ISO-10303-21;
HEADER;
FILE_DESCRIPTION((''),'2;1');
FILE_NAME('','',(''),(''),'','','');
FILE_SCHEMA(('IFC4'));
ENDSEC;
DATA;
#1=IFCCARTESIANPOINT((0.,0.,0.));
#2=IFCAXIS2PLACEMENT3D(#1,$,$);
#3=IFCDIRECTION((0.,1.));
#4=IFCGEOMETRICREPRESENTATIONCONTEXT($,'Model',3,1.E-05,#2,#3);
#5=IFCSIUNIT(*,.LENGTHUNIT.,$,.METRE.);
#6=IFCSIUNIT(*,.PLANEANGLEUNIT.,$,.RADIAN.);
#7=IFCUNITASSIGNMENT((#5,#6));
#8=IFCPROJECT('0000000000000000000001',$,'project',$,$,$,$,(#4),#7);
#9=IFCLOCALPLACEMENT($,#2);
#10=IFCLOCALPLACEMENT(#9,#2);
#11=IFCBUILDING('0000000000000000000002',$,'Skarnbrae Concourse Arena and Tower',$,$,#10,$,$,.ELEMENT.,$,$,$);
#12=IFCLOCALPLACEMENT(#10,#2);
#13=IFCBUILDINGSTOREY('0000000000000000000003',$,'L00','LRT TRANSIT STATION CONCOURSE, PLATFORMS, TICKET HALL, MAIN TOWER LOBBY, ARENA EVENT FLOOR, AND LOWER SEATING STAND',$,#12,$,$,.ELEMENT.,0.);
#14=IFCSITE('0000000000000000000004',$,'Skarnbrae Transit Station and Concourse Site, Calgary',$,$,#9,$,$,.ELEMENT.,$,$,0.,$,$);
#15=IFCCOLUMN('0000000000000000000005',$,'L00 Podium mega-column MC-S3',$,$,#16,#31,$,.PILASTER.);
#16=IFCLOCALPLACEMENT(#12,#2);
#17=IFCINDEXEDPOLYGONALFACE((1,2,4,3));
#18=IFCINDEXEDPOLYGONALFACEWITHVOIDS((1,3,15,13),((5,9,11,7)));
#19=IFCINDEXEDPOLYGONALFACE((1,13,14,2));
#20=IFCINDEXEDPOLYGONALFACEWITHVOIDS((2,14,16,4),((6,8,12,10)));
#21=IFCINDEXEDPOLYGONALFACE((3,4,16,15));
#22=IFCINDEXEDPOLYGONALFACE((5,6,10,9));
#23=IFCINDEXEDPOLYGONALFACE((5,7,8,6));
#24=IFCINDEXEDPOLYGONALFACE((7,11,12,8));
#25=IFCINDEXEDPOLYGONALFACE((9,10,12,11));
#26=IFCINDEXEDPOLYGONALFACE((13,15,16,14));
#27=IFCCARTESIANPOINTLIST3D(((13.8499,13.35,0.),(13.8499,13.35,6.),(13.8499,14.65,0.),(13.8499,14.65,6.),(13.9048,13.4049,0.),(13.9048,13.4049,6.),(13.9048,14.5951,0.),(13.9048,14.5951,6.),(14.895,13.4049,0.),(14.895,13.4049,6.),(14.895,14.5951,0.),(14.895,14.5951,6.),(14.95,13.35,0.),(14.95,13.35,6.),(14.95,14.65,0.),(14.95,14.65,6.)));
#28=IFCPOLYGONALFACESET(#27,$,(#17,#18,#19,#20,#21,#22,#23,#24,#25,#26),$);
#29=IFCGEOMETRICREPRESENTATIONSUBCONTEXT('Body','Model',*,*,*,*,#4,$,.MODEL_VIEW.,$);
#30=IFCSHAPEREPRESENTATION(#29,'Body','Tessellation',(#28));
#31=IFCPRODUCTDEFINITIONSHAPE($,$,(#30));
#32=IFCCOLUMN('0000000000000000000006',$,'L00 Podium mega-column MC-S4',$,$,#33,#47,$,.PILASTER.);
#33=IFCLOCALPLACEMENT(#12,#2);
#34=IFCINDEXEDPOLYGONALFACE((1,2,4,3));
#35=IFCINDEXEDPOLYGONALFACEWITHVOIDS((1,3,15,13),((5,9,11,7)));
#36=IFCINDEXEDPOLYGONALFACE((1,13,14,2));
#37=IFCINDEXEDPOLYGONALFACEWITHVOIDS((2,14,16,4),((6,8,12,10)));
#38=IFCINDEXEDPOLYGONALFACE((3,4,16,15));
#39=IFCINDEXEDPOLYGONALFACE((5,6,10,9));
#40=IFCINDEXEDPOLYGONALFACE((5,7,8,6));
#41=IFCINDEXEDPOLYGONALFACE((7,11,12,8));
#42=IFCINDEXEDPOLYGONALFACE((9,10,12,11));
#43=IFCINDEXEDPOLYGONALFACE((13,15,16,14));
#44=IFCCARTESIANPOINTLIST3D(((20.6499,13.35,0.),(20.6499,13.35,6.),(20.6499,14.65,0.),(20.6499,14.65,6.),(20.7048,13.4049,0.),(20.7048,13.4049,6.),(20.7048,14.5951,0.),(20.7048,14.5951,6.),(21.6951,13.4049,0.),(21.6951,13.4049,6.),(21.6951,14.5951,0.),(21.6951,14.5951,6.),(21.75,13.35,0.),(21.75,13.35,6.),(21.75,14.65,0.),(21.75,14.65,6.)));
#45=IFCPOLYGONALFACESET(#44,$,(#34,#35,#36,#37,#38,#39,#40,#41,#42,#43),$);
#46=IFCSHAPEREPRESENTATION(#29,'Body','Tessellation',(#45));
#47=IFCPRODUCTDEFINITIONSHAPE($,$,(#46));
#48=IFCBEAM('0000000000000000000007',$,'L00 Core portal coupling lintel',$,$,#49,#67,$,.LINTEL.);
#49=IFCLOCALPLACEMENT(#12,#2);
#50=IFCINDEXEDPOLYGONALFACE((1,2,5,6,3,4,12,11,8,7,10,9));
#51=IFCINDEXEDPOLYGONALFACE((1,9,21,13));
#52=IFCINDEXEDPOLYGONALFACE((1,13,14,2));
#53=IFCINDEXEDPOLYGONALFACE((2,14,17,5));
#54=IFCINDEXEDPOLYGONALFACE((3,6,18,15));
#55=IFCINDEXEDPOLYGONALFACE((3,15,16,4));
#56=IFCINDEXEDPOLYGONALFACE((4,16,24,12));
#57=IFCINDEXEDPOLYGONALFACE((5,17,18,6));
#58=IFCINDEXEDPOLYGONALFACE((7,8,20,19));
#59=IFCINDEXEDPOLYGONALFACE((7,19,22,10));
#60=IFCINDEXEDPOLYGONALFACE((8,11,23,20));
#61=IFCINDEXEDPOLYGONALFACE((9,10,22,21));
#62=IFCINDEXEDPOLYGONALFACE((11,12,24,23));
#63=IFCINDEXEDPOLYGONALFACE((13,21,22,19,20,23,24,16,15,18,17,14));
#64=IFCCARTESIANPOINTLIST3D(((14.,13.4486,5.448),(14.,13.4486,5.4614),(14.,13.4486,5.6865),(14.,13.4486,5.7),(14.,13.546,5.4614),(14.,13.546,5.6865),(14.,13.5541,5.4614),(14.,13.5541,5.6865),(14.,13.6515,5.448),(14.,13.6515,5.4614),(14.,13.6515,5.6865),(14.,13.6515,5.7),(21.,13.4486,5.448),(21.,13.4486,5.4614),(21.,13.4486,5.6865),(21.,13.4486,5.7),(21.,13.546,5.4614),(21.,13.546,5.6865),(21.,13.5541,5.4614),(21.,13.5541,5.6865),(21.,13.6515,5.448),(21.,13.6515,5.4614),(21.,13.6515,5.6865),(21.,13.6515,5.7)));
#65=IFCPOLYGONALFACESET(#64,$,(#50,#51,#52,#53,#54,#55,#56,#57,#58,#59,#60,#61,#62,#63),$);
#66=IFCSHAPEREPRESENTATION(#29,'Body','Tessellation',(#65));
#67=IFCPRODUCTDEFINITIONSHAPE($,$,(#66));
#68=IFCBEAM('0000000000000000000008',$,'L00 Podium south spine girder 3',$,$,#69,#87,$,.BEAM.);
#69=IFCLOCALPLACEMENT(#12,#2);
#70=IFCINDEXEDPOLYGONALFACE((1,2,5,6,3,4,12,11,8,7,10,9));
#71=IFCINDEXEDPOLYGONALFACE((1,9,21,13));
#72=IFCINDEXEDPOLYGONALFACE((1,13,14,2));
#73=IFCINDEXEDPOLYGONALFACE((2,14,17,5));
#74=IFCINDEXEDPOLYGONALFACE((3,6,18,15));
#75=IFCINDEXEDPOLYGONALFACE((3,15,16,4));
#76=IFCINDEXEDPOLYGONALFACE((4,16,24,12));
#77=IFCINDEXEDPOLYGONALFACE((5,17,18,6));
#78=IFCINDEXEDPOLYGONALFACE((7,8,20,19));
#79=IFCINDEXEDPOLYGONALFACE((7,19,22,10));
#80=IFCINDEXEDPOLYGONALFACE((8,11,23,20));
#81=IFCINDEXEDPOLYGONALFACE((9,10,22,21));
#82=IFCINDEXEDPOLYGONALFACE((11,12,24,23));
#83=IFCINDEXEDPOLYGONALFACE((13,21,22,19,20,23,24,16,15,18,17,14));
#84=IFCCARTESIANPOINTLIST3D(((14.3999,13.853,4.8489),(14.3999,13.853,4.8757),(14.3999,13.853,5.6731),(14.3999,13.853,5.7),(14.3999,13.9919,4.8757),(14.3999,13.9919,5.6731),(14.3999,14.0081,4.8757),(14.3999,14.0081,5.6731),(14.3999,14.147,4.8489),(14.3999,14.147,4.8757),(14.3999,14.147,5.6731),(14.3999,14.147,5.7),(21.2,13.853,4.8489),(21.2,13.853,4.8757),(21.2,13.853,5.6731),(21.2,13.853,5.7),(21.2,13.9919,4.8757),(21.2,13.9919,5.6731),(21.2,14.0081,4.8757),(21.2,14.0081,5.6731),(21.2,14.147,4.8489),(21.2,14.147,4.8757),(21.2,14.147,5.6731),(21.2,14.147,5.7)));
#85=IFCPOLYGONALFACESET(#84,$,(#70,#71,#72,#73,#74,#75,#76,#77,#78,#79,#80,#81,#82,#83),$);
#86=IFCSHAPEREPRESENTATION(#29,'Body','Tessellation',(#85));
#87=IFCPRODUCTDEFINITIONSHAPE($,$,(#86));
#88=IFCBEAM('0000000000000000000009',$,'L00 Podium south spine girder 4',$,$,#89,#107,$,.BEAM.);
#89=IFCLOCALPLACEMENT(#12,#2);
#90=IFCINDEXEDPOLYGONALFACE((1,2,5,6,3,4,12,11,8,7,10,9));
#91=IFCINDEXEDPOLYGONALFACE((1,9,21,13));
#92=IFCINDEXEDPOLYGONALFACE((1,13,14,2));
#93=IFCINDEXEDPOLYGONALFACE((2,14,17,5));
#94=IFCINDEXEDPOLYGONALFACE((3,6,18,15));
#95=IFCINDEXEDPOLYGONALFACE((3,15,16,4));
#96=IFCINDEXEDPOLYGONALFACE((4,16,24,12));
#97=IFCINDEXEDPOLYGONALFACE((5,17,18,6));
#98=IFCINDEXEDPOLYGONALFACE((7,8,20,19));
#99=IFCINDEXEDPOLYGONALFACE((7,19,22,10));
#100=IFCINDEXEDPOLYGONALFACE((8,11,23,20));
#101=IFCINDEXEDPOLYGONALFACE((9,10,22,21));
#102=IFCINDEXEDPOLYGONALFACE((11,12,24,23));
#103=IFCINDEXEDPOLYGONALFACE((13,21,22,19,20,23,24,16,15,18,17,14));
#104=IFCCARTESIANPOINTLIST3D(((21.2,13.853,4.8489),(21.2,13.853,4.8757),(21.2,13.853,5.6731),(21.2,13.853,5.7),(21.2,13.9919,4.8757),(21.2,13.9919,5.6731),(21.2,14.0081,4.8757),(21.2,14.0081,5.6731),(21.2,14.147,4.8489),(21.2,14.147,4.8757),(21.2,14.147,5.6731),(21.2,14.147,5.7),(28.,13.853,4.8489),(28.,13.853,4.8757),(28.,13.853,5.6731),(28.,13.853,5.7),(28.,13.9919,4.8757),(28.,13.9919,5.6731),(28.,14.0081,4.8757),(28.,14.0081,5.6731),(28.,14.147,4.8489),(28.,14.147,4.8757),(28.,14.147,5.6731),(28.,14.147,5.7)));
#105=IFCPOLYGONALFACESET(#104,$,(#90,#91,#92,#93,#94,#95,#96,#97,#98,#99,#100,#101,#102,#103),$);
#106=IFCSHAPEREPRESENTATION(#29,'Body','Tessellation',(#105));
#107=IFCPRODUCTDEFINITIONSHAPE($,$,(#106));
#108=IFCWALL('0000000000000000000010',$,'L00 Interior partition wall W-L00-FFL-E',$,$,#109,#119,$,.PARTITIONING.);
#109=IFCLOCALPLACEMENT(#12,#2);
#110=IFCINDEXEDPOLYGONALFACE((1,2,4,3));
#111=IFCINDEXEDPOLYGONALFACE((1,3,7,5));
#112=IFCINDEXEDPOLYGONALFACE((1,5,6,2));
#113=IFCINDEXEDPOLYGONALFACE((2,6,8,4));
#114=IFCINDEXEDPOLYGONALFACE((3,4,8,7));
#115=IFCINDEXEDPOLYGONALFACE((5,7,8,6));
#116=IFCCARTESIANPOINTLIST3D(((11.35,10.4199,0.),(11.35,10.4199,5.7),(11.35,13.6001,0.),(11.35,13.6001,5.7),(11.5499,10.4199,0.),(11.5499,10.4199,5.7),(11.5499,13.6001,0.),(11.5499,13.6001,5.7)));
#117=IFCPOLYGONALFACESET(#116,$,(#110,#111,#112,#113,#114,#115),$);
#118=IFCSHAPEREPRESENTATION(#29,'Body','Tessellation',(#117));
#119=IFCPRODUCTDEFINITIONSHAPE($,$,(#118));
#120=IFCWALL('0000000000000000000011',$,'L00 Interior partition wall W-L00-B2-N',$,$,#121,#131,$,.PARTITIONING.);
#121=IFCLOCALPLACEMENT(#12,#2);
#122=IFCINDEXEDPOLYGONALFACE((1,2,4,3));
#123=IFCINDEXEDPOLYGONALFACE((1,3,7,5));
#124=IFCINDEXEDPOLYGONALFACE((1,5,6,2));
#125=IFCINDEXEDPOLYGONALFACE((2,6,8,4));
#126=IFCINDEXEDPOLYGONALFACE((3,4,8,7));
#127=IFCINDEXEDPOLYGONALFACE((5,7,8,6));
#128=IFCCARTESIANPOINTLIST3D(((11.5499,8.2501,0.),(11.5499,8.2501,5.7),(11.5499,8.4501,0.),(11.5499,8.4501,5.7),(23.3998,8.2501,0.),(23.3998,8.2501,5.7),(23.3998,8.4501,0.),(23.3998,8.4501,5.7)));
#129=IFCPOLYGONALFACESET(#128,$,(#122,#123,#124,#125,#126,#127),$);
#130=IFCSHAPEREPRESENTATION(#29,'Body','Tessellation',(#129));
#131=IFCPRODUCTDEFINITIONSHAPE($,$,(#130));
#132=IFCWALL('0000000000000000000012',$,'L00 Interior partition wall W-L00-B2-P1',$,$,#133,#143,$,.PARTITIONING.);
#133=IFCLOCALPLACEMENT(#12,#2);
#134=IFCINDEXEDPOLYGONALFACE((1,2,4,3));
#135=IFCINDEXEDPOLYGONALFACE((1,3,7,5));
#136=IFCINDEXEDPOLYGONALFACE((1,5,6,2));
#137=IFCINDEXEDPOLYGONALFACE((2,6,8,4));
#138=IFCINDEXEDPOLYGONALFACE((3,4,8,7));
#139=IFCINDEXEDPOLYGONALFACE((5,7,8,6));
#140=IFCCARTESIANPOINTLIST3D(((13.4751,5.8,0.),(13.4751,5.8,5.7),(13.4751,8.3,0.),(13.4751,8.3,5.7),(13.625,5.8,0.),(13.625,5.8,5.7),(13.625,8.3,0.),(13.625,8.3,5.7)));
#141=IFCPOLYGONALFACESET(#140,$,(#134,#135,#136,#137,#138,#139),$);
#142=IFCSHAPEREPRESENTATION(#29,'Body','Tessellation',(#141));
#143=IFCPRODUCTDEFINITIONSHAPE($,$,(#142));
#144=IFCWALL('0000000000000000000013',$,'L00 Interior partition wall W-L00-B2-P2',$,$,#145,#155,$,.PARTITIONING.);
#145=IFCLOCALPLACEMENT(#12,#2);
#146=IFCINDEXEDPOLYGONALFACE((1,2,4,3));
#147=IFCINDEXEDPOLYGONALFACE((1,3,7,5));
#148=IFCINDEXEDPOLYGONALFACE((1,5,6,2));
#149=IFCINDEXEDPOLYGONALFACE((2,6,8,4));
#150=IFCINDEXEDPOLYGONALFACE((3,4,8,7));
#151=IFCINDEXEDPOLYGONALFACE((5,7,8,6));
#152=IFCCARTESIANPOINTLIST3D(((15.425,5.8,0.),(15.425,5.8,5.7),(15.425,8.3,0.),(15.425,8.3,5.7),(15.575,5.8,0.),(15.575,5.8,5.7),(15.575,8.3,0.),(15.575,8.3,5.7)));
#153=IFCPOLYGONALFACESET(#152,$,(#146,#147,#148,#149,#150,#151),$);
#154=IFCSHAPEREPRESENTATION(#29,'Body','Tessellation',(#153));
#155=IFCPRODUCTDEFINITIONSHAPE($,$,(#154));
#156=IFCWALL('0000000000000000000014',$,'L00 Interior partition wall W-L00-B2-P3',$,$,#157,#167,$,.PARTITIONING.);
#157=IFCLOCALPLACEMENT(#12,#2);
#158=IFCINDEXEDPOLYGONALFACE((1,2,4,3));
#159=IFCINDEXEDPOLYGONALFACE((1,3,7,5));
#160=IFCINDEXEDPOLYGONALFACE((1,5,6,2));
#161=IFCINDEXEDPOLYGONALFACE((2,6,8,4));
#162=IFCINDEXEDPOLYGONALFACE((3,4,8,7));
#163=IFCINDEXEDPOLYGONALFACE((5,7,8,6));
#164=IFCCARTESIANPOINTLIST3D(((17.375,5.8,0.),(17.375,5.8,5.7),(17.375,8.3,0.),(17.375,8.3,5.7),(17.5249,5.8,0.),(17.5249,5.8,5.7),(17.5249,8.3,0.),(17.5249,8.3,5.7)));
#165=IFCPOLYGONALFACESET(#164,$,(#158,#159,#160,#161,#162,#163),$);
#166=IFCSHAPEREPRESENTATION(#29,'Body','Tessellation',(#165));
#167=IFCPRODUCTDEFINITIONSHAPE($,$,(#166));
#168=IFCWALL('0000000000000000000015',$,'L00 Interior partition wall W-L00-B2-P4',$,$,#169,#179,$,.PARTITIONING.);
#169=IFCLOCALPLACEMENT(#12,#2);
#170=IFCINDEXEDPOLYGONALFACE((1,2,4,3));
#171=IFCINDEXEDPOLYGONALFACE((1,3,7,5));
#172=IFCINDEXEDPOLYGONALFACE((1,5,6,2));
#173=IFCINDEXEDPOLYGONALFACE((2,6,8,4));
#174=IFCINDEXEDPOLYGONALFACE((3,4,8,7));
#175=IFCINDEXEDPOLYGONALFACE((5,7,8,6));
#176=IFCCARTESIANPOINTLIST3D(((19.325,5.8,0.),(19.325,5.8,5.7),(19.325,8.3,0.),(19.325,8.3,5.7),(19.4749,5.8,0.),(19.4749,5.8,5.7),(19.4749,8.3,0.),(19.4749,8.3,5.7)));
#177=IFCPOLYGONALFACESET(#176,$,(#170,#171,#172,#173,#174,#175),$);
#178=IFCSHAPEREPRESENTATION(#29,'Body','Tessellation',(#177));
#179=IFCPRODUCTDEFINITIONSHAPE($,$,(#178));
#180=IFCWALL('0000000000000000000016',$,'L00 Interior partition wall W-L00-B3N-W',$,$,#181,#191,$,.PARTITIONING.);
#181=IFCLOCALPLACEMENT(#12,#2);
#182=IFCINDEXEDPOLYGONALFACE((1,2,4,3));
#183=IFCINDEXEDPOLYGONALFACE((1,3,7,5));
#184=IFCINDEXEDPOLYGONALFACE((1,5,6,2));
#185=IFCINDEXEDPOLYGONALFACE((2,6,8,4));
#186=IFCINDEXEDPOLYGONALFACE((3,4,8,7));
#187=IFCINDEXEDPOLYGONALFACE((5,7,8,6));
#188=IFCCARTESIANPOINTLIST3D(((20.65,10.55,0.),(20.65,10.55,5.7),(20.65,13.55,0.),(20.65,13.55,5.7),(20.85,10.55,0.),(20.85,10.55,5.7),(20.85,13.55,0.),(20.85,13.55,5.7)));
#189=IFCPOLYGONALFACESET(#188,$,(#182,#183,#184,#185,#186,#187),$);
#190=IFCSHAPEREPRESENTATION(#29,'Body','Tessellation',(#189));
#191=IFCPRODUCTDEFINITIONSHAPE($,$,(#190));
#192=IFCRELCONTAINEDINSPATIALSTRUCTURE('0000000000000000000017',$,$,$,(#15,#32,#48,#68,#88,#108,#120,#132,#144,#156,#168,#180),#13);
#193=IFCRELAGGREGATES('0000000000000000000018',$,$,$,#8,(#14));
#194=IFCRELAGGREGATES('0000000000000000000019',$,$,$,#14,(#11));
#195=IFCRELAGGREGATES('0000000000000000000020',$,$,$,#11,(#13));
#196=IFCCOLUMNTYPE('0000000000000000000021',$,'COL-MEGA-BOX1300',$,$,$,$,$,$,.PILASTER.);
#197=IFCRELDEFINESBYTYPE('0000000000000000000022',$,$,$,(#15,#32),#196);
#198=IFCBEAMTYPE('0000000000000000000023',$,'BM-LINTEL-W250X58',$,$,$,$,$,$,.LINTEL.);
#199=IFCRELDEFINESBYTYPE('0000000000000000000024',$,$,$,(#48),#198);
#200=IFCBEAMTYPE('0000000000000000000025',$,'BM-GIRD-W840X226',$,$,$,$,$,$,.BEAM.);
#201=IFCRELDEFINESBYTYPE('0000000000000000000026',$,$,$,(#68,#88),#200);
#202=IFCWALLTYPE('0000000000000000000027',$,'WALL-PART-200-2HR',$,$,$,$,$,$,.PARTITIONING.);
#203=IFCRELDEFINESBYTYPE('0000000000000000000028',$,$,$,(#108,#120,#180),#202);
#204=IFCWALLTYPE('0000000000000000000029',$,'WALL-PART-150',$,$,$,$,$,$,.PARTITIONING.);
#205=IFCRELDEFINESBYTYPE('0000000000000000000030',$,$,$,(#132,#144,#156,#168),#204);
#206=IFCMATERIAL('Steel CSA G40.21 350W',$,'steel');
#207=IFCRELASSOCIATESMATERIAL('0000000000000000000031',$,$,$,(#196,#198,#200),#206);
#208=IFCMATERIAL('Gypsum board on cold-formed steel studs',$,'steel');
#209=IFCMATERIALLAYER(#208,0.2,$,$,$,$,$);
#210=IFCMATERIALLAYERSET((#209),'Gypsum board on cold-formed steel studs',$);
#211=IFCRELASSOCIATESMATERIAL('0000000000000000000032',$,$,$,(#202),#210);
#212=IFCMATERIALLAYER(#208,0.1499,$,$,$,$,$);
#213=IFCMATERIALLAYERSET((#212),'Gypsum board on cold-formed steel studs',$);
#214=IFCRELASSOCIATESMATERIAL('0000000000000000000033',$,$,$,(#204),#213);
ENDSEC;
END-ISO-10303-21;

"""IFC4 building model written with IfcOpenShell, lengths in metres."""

from ifc_helpers import new_model, si_unit, direction, frame, frame_2d, origin, origin_2d, place, context, subcontext, project, spatial, rectangle, hollow_rectangle, i_section, extrude, source, transform, mapped, material, layer, layer_set, material_profile, profile_set, type_object, element, save


model = new_model("IFC4")

# Units and contexts
model_context = context("Model", 3, precision=1e-05, world=origin(), true_north=direction((0.0, 1.0)))
body_context = subcontext(model_context, "Body", "Model", "MODEL_VIEW")
ifc_project = project(units=[si_unit("LENGTHUNIT", "METRE"), si_unit("PLANEANGLEUNIT", "RADIAN")], contexts=[model_context])

# Site, building, storey
site_placement = place(None, origin())
site = spatial("IfcSite", under=ifc_project, at=site_placement, Name="Skarnbrae Transit Station and Concourse Site, Calgary", CompositionType="ELEMENT", RefElevation=0.0)
building_placement = place(site_placement, origin())
building = spatial("IfcBuilding", under=site, at=building_placement, Name="Skarnbrae Concourse Arena and Tower", CompositionType="ELEMENT")
storey_placement = place(building_placement, origin())
storey = spatial("IfcBuildingStorey", under=building, at=storey_placement, Name="L00", Description="LRT TRANSIT STATION CONCOURSE, PLATFORMS, TICKET HALL, MAIN TOWER LOBBY, ARENA EVENT FLOOR, AND LOWER SEATING STAND", CompositionType="ELEMENT", Elevation=0.0)

# Columns
ifc_material_1 = material(Name="Steel CSA G40.21 350W", Category="steel")
ifc_material_profile_1 = material_profile(ifc_material_1, hollow_rectangle(XDim=1.1001, YDim=1.3, WallThickness=0.0549, at=origin_2d()), Name="BOX1300X1100X55")
ifc_profile_set_1 = profile_set([ifc_material_profile_1], Name="Steel CSA G40.21 350W")
column_type = type_object("IfcColumnType", Name="COL-MEGA-BOX1300", PredefinedType="PILASTER", material=ifc_profile_set_1)
shared_shape_1 = source(origin(), body_context, "Body", "SweptSolid", [
    extrude(hollow_rectangle(XDim=1.1001, YDim=1.3, WallThickness=0.0549, at=origin_2d()), origin(), (0.0, 0.0, 1.0), 6.0),
])
for number, where, z_axis, x_axis, name in (
    (1, (14.3999, 14.0, 0.0), (0.0, 0.0, 1.0), (1.0, 0.0, 0.0), "L00 Podium mega-column MC-S3"),
    (2, (21.2, 14.0, 0.0), (0.0, 0.0, 1.0), (1.0, 0.0, 0.0), "L00 Podium mega-column MC-S4"),
):
    element("IfcColumn", number, at=place(storey_placement, frame(where, z_axis=z_axis, x_axis=x_axis)), inside=storey, type_object=column_type, Name=name, PredefinedType="PILASTER", context=body_context, shape_type="MappedRepresentation", body=[
        mapped(shared_shape_1, transform((0.0, 0.0, 0.0))),
    ])

# Beams
ifc_material_profile_2 = material_profile(ifc_material_1, i_section(OverallWidth=0.2029, OverallDepth=0.252, WebThickness=0.0081, FlangeThickness=0.0134, at=origin_2d()), Name="W250X58")
ifc_profile_set_2 = profile_set([ifc_material_profile_2], Name="Steel CSA G40.21 350W")
beam_type_1 = type_object("IfcBeamType", Name="BM-LINTEL-W250X58", PredefinedType="LINTEL", material=ifc_profile_set_2)
shared_shape_2 = source(origin(), body_context, "Body", "SweptSolid", [
    extrude(i_section(OverallWidth=0.2029, OverallDepth=0.252, WebThickness=0.0081, FlangeThickness=0.0134, at=origin_2d()), origin(), (0.0, 0.0, 1.0), 7.0),
])
beam_placement = place(storey_placement, frame((14.0, 13.55, 5.574), z_axis=(1.0, 0.0, 0.0), x_axis=(0.0, 1.0, 0.0)))
element("IfcBeam", 3, at=beam_placement, inside=storey, type_object=beam_type_1, Name="L00 Core portal coupling lintel", PredefinedType="LINTEL", context=body_context, shape_type="MappedRepresentation", body=[
    mapped(shared_shape_2, transform((0.0, 0.0, 0.0))),
])
ifc_material_profile_3 = material_profile(ifc_material_1, i_section(OverallWidth=0.2939, OverallDepth=0.8511, WebThickness=0.0161, FlangeThickness=0.0269, at=origin_2d()), Name="W840X226")
ifc_profile_set_3 = profile_set([ifc_material_profile_3], Name="Steel CSA G40.21 350W")
beam_type_2 = type_object("IfcBeamType", Name="BM-GIRD-W840X226", PredefinedType="BEAM", material=ifc_profile_set_3)
shared_shape_3 = source(origin(), body_context, "Body", "SweptSolid", [
    extrude(i_section(OverallWidth=0.2939, OverallDepth=0.8511, WebThickness=0.0161, FlangeThickness=0.0269, at=origin_2d()), origin(), (0.0, 0.0, 1.0), 6.8),
])
for number, where, z_axis, x_axis, name in (
    (4, (14.3999, 14.0, 5.2744), (1.0, 0.0, 0.0), (0.0, 1.0, 0.0), "L00 Podium south spine girder 3"),
    (5, (21.2, 14.0, 5.2744), (1.0, 0.0, 0.0), (0.0, 1.0, 0.0), "L00 Podium south spine girder 4"),
):
    element("IfcBeam", number, at=place(storey_placement, frame(where, z_axis=z_axis, x_axis=x_axis)), inside=storey, type_object=beam_type_2, Name=name, PredefinedType="BEAM", context=body_context, shape_type="MappedRepresentation", body=[
        mapped(shared_shape_3, transform((0.0, 0.0, 0.0))),
    ])

# Walls
ifc_material_2 = material(Name="Gypsum board on cold-formed steel studs", Category="steel")
ifc_layer_1 = layer(ifc_material_2, 0.2)
ifc_layer_set_1 = layer_set([ifc_layer_1], Name="Gypsum board on cold-formed steel studs")
wall_type_1 = type_object("IfcWallType", Name="WALL-PART-200-2HR", PredefinedType="PARTITIONING", material=ifc_layer_set_1)
shared_shape_4 = source(origin(), body_context, "Body", "SweptSolid", [
    extrude(rectangle(XDim=3.1802, YDim=0.2, at=frame_2d((1.5901, 0.0))), origin(), (0.0, 0.0, 1.0), 5.7),
])
wall_1_placement = place(storey_placement, frame((11.45, 10.4199, 0.0), z_axis=(0.0, 0.0, 1.0), x_axis=(0.0, 1.0, 0.0)))
element("IfcWall", 6, at=wall_1_placement, inside=storey, type_object=wall_type_1, Name="L00 Interior partition wall W-L00-FFL-E", PredefinedType="PARTITIONING", context=body_context, shape_type="MappedRepresentation", body=[
    mapped(shared_shape_4, transform((0.0, 0.0, 0.0))),
])
shared_shape_5 = source(origin(), body_context, "Body", "SweptSolid", [
    extrude(rectangle(XDim=11.8499, YDim=0.2, at=frame_2d((5.9248, 0.0))), origin(), (0.0, 0.0, 1.0), 5.7),
])
wall_2_placement = place(storey_placement, frame((11.55, 8.3501, 0.0), z_axis=(0.0, 0.0, 1.0), x_axis=(1.0, 0.0, 0.0)))
element("IfcWall", 7, at=wall_2_placement, inside=storey, type_object=wall_type_1, Name="L00 Interior partition wall W-L00-B2-N", PredefinedType="PARTITIONING", context=body_context, shape_type="MappedRepresentation", body=[
    mapped(shared_shape_5, transform((0.0, 0.0, 0.0))),
])
ifc_layer_2 = layer(ifc_material_2, 0.1499)
ifc_layer_set_2 = layer_set([ifc_layer_2], Name="Gypsum board on cold-formed steel studs")
wall_type_2 = type_object("IfcWallType", Name="WALL-PART-150", PredefinedType="PARTITIONING", material=ifc_layer_set_2)
shared_shape_6 = source(origin(), body_context, "Body", "SweptSolid", [
    extrude(rectangle(XDim=2.5, YDim=0.1499, at=frame_2d((1.25, 0.0))), origin(), (0.0, 0.0, 1.0), 5.7),
])
for number, where, z_axis, x_axis, name in (
    (8, (13.55, 5.8, 0.0), (0.0, 0.0, 1.0), (0.0, 1.0, 0.0), "L00 Interior partition wall W-L00-B2-P1"),
    (9, (15.5, 5.8, 0.0), (0.0, 0.0, 1.0), (0.0, 1.0, 0.0), "L00 Interior partition wall W-L00-B2-P2"),
    (10, (17.45, 5.8, 0.0), (0.0, 0.0, 1.0), (0.0, 1.0, 0.0), "L00 Interior partition wall W-L00-B2-P3"),
    (11, (19.3999, 5.8, 0.0), (0.0, 0.0, 1.0), (0.0, 1.0, 0.0), "L00 Interior partition wall W-L00-B2-P4"),
):
    element("IfcWall", number, at=place(storey_placement, frame(where, z_axis=z_axis, x_axis=x_axis)), inside=storey, type_object=wall_type_2, Name=name, PredefinedType="PARTITIONING", context=body_context, shape_type="MappedRepresentation", body=[
        mapped(shared_shape_6, transform((0.0, 0.0, 0.0))),
    ])

# Wall
shared_shape_7 = source(origin(), body_context, "Body", "SweptSolid", [
    extrude(rectangle(XDim=3.0, YDim=0.2, at=frame_2d((1.5, 0.0))), origin(), (0.0, 0.0, 1.0), 5.7),
])
wall_3_placement = place(storey_placement, frame((20.75, 10.55, 0.0), z_axis=(0.0, 0.0, 1.0), x_axis=(0.0, 1.0, 0.0)))
element("IfcWall", 12, at=wall_3_placement, inside=storey, type_object=wall_type_1, Name="L00 Interior partition wall W-L00-B3N-W", PredefinedType="PARTITIONING", context=body_context, shape_type="MappedRepresentation", body=[
    mapped(shared_shape_7, transform((0.0, 0.0, 0.0))),
])

save(model, "model.ifc")
